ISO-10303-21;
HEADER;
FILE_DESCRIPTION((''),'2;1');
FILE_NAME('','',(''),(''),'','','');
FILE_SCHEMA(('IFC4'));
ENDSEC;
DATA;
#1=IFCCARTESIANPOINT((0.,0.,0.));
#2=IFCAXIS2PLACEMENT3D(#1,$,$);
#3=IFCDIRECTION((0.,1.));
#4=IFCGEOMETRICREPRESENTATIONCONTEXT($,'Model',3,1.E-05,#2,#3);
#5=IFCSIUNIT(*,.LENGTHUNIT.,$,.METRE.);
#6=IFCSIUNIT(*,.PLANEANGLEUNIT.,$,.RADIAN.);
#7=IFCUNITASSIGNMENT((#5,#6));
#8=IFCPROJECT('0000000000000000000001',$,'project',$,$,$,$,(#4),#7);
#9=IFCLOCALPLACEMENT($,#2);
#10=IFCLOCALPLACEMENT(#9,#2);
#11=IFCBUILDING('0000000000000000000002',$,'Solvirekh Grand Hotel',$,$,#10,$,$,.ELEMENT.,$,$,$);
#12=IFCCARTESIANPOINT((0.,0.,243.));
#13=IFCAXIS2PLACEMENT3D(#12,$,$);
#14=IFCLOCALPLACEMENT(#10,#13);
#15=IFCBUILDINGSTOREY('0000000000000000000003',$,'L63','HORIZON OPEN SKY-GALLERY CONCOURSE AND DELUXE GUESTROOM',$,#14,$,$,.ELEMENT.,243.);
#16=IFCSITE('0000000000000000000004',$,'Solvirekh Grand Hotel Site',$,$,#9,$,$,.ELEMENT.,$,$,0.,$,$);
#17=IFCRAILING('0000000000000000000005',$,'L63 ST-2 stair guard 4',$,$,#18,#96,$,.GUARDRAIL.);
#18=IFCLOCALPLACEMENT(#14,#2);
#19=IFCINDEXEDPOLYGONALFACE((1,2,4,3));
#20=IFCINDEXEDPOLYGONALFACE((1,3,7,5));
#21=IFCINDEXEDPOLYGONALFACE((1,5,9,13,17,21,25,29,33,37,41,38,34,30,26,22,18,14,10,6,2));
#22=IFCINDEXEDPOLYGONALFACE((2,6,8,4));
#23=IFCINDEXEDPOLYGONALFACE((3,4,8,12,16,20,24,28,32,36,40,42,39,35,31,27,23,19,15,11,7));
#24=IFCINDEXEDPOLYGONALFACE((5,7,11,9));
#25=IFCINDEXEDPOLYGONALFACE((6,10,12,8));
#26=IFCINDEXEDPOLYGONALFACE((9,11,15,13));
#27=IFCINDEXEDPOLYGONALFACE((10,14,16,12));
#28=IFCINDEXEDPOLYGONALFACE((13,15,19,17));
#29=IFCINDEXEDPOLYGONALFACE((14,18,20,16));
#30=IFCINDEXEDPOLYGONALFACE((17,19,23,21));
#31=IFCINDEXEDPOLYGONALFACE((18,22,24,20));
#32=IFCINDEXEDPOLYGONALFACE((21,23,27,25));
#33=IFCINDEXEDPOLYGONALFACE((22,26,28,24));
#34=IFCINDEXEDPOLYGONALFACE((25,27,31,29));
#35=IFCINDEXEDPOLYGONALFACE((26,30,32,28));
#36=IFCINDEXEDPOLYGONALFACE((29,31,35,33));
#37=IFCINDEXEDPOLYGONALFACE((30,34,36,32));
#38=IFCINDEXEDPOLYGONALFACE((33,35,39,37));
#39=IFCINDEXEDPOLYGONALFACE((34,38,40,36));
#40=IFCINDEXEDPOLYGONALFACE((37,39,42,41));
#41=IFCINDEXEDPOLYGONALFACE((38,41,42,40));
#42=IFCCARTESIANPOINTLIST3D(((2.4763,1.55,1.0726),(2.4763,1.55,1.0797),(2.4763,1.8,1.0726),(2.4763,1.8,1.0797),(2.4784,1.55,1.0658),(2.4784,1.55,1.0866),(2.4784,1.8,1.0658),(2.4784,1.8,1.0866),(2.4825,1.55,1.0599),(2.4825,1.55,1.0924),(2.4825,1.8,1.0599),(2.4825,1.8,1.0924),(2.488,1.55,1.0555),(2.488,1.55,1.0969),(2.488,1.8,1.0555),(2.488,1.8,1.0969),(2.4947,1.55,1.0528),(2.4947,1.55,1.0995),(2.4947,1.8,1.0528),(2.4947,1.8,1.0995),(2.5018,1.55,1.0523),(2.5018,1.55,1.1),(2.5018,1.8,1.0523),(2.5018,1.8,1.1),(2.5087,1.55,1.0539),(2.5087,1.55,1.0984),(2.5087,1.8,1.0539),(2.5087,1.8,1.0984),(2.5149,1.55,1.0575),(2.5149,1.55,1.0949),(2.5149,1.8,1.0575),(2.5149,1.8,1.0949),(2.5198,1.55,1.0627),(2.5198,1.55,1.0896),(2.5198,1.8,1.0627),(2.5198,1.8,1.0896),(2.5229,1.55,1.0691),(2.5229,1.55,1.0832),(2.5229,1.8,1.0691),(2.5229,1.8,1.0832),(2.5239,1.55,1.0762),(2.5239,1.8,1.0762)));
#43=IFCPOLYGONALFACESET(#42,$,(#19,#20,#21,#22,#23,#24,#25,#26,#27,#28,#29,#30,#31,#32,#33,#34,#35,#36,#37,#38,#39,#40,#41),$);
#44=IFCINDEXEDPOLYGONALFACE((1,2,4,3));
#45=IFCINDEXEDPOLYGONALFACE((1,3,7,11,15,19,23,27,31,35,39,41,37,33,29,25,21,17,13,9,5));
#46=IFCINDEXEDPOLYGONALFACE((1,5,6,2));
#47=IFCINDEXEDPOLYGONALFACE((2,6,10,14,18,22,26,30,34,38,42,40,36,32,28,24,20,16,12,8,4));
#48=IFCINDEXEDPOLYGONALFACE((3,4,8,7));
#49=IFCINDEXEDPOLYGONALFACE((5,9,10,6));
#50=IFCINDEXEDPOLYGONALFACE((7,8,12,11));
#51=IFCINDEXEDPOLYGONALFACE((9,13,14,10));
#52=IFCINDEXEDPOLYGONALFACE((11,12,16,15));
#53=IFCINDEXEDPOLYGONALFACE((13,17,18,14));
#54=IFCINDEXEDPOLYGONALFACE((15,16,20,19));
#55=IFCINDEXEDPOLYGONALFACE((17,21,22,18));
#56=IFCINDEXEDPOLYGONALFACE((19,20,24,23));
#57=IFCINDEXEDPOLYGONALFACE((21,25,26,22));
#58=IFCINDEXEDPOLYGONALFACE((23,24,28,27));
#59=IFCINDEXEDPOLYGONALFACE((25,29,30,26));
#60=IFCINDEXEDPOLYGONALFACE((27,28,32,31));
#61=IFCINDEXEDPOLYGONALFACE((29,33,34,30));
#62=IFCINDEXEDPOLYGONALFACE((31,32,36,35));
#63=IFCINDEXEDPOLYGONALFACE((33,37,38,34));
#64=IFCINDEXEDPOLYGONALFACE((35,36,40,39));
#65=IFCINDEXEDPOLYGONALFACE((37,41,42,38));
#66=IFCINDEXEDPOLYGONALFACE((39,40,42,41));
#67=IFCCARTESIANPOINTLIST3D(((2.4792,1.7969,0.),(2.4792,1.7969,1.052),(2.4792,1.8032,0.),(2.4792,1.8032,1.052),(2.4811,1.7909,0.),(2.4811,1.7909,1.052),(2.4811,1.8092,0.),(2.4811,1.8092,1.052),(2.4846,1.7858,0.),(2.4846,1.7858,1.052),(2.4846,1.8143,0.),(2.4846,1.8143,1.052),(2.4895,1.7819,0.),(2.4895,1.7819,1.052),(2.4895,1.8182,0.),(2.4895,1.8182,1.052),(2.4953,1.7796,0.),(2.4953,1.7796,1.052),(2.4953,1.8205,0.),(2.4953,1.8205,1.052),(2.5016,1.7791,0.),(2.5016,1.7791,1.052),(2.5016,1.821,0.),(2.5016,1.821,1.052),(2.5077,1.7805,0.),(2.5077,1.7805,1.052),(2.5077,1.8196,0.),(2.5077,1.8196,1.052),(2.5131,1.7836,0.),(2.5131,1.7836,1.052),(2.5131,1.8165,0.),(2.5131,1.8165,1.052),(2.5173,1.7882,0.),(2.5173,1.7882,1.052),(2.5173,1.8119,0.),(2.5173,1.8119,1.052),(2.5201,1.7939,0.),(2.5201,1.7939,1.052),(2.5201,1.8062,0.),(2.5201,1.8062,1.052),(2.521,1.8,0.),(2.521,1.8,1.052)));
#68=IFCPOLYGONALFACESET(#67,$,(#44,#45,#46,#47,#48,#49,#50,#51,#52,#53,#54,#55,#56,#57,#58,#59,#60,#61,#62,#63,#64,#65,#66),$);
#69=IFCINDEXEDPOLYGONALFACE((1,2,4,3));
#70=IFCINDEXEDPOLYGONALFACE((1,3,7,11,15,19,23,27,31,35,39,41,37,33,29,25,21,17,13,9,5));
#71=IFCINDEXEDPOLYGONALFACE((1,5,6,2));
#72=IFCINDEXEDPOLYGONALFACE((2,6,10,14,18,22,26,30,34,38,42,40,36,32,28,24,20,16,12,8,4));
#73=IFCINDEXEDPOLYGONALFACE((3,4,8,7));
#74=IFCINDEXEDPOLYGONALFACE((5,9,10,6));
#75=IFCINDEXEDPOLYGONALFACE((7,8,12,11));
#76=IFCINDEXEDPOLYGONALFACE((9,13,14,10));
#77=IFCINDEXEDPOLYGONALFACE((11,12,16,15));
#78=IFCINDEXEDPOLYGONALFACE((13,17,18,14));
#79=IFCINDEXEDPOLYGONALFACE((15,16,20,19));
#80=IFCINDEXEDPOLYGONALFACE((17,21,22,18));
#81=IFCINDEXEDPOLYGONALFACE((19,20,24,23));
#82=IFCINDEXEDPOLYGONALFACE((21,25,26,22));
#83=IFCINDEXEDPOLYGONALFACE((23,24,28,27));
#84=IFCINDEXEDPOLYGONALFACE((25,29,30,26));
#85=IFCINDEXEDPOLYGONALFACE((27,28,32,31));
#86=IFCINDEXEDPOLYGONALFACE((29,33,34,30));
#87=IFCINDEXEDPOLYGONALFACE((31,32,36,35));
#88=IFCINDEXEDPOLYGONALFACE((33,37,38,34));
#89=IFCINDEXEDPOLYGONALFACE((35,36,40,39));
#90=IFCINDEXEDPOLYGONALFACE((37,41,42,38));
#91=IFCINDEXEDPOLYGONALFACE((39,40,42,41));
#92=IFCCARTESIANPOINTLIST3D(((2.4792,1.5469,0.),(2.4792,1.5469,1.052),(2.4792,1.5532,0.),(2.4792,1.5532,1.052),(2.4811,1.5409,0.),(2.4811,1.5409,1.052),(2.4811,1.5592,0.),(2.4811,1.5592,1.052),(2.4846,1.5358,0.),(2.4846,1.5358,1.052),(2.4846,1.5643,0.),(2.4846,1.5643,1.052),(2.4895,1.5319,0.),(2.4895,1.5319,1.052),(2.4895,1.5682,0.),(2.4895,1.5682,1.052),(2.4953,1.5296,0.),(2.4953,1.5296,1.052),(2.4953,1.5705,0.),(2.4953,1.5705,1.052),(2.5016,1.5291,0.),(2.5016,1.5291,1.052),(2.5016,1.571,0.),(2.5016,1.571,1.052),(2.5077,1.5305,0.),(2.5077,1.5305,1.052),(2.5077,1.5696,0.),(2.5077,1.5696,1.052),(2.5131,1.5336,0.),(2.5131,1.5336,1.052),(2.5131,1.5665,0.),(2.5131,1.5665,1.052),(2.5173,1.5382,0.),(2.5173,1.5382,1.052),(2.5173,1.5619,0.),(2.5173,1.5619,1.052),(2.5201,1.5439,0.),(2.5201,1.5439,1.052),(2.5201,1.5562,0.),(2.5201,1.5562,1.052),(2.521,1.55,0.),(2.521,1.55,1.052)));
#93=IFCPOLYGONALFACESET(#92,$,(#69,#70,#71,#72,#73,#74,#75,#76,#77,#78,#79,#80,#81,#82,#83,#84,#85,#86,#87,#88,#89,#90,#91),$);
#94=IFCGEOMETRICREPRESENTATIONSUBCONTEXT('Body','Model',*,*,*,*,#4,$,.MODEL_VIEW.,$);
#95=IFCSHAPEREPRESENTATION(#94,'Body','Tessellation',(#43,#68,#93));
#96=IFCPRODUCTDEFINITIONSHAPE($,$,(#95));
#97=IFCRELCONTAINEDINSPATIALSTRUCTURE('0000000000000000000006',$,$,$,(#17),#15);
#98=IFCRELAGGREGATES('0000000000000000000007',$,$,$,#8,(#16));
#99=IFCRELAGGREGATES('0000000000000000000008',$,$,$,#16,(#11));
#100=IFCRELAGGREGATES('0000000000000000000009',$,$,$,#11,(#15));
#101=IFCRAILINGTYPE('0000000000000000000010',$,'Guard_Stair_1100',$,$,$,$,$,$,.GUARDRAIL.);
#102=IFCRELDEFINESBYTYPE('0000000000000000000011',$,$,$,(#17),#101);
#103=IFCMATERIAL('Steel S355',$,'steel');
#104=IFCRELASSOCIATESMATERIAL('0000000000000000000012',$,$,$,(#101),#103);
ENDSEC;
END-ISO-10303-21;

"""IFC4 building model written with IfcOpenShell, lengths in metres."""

from ifc_helpers import new_model, si_unit, direction, frame, origin, origin_2d, place, context, subcontext, project, spatial, circle, extrude, material, type_object, element, save


model = new_model("IFC4")

# Units and contexts
model_context = context("Model", 3, precision=1e-05, world=origin(), true_north=direction((0.0, 1.0)))
body_context = subcontext(model_context, "Body", "Model", "MODEL_VIEW")
ifc_project = project(units=[si_unit("LENGTHUNIT", "METRE"), si_unit("PLANEANGLEUNIT", "RADIAN")], contexts=[model_context])

# Site, building, storey
site_placement = place(None, origin())
site = spatial("IfcSite", under=ifc_project, at=site_placement, Name="Solvirekh Grand Hotel Site", CompositionType="ELEMENT", RefElevation=0.0)
building_placement = place(site_placement, origin())
building = spatial("IfcBuilding", under=site, at=building_placement, Name="Solvirekh Grand Hotel", CompositionType="ELEMENT")
storey_placement = place(building_placement, frame((0.0, 0.0, 243.0)))
storey = spatial("IfcBuildingStorey", under=building, at=storey_placement, Name="L63", Description="HORIZON OPEN SKY-GALLERY CONCOURSE AND DELUXE GUESTROOM", CompositionType="ELEMENT", Elevation=243.0)

# Shared definitions
ifc_material_1 = material(Name="Steel S355", Category="steel")

# Railing
railing_type_1 = type_object("IfcRailingType", Name="Guard_Stair_1100", PredefinedType="GUARDRAIL", material=ifc_material_1)
railing_1_placement = place(storey_placement, frame((2.5, 1.8, 0.0)))
element("IfcRailing", 1, at=railing_1_placement, inside=storey, type_object=railing_type_1, Name="L63 ST-2 stair guard 4", PredefinedType="GUARDRAIL", context=body_context, shape_type="SweptSolid", body=[
    extrude(circle(Radius=0.0239, at=origin_2d()), frame((0.0, 0.0, 1.0762), z_axis=(0.0, -1.0, 0.0), x_axis=(1.0, 0.0, 0.0)), (0.0, 0.0, 1.0), 0.25),
    extrude(circle(Radius=0.021, at=origin_2d()), origin(), (0.0, 0.0, 1.0), 1.052),
    extrude(circle(Radius=0.021, at=origin_2d()), frame((0.0, -0.25, 0.0)), (0.0, 0.0, 1.0), 1.052),
])

save(model, "model.ifc")
